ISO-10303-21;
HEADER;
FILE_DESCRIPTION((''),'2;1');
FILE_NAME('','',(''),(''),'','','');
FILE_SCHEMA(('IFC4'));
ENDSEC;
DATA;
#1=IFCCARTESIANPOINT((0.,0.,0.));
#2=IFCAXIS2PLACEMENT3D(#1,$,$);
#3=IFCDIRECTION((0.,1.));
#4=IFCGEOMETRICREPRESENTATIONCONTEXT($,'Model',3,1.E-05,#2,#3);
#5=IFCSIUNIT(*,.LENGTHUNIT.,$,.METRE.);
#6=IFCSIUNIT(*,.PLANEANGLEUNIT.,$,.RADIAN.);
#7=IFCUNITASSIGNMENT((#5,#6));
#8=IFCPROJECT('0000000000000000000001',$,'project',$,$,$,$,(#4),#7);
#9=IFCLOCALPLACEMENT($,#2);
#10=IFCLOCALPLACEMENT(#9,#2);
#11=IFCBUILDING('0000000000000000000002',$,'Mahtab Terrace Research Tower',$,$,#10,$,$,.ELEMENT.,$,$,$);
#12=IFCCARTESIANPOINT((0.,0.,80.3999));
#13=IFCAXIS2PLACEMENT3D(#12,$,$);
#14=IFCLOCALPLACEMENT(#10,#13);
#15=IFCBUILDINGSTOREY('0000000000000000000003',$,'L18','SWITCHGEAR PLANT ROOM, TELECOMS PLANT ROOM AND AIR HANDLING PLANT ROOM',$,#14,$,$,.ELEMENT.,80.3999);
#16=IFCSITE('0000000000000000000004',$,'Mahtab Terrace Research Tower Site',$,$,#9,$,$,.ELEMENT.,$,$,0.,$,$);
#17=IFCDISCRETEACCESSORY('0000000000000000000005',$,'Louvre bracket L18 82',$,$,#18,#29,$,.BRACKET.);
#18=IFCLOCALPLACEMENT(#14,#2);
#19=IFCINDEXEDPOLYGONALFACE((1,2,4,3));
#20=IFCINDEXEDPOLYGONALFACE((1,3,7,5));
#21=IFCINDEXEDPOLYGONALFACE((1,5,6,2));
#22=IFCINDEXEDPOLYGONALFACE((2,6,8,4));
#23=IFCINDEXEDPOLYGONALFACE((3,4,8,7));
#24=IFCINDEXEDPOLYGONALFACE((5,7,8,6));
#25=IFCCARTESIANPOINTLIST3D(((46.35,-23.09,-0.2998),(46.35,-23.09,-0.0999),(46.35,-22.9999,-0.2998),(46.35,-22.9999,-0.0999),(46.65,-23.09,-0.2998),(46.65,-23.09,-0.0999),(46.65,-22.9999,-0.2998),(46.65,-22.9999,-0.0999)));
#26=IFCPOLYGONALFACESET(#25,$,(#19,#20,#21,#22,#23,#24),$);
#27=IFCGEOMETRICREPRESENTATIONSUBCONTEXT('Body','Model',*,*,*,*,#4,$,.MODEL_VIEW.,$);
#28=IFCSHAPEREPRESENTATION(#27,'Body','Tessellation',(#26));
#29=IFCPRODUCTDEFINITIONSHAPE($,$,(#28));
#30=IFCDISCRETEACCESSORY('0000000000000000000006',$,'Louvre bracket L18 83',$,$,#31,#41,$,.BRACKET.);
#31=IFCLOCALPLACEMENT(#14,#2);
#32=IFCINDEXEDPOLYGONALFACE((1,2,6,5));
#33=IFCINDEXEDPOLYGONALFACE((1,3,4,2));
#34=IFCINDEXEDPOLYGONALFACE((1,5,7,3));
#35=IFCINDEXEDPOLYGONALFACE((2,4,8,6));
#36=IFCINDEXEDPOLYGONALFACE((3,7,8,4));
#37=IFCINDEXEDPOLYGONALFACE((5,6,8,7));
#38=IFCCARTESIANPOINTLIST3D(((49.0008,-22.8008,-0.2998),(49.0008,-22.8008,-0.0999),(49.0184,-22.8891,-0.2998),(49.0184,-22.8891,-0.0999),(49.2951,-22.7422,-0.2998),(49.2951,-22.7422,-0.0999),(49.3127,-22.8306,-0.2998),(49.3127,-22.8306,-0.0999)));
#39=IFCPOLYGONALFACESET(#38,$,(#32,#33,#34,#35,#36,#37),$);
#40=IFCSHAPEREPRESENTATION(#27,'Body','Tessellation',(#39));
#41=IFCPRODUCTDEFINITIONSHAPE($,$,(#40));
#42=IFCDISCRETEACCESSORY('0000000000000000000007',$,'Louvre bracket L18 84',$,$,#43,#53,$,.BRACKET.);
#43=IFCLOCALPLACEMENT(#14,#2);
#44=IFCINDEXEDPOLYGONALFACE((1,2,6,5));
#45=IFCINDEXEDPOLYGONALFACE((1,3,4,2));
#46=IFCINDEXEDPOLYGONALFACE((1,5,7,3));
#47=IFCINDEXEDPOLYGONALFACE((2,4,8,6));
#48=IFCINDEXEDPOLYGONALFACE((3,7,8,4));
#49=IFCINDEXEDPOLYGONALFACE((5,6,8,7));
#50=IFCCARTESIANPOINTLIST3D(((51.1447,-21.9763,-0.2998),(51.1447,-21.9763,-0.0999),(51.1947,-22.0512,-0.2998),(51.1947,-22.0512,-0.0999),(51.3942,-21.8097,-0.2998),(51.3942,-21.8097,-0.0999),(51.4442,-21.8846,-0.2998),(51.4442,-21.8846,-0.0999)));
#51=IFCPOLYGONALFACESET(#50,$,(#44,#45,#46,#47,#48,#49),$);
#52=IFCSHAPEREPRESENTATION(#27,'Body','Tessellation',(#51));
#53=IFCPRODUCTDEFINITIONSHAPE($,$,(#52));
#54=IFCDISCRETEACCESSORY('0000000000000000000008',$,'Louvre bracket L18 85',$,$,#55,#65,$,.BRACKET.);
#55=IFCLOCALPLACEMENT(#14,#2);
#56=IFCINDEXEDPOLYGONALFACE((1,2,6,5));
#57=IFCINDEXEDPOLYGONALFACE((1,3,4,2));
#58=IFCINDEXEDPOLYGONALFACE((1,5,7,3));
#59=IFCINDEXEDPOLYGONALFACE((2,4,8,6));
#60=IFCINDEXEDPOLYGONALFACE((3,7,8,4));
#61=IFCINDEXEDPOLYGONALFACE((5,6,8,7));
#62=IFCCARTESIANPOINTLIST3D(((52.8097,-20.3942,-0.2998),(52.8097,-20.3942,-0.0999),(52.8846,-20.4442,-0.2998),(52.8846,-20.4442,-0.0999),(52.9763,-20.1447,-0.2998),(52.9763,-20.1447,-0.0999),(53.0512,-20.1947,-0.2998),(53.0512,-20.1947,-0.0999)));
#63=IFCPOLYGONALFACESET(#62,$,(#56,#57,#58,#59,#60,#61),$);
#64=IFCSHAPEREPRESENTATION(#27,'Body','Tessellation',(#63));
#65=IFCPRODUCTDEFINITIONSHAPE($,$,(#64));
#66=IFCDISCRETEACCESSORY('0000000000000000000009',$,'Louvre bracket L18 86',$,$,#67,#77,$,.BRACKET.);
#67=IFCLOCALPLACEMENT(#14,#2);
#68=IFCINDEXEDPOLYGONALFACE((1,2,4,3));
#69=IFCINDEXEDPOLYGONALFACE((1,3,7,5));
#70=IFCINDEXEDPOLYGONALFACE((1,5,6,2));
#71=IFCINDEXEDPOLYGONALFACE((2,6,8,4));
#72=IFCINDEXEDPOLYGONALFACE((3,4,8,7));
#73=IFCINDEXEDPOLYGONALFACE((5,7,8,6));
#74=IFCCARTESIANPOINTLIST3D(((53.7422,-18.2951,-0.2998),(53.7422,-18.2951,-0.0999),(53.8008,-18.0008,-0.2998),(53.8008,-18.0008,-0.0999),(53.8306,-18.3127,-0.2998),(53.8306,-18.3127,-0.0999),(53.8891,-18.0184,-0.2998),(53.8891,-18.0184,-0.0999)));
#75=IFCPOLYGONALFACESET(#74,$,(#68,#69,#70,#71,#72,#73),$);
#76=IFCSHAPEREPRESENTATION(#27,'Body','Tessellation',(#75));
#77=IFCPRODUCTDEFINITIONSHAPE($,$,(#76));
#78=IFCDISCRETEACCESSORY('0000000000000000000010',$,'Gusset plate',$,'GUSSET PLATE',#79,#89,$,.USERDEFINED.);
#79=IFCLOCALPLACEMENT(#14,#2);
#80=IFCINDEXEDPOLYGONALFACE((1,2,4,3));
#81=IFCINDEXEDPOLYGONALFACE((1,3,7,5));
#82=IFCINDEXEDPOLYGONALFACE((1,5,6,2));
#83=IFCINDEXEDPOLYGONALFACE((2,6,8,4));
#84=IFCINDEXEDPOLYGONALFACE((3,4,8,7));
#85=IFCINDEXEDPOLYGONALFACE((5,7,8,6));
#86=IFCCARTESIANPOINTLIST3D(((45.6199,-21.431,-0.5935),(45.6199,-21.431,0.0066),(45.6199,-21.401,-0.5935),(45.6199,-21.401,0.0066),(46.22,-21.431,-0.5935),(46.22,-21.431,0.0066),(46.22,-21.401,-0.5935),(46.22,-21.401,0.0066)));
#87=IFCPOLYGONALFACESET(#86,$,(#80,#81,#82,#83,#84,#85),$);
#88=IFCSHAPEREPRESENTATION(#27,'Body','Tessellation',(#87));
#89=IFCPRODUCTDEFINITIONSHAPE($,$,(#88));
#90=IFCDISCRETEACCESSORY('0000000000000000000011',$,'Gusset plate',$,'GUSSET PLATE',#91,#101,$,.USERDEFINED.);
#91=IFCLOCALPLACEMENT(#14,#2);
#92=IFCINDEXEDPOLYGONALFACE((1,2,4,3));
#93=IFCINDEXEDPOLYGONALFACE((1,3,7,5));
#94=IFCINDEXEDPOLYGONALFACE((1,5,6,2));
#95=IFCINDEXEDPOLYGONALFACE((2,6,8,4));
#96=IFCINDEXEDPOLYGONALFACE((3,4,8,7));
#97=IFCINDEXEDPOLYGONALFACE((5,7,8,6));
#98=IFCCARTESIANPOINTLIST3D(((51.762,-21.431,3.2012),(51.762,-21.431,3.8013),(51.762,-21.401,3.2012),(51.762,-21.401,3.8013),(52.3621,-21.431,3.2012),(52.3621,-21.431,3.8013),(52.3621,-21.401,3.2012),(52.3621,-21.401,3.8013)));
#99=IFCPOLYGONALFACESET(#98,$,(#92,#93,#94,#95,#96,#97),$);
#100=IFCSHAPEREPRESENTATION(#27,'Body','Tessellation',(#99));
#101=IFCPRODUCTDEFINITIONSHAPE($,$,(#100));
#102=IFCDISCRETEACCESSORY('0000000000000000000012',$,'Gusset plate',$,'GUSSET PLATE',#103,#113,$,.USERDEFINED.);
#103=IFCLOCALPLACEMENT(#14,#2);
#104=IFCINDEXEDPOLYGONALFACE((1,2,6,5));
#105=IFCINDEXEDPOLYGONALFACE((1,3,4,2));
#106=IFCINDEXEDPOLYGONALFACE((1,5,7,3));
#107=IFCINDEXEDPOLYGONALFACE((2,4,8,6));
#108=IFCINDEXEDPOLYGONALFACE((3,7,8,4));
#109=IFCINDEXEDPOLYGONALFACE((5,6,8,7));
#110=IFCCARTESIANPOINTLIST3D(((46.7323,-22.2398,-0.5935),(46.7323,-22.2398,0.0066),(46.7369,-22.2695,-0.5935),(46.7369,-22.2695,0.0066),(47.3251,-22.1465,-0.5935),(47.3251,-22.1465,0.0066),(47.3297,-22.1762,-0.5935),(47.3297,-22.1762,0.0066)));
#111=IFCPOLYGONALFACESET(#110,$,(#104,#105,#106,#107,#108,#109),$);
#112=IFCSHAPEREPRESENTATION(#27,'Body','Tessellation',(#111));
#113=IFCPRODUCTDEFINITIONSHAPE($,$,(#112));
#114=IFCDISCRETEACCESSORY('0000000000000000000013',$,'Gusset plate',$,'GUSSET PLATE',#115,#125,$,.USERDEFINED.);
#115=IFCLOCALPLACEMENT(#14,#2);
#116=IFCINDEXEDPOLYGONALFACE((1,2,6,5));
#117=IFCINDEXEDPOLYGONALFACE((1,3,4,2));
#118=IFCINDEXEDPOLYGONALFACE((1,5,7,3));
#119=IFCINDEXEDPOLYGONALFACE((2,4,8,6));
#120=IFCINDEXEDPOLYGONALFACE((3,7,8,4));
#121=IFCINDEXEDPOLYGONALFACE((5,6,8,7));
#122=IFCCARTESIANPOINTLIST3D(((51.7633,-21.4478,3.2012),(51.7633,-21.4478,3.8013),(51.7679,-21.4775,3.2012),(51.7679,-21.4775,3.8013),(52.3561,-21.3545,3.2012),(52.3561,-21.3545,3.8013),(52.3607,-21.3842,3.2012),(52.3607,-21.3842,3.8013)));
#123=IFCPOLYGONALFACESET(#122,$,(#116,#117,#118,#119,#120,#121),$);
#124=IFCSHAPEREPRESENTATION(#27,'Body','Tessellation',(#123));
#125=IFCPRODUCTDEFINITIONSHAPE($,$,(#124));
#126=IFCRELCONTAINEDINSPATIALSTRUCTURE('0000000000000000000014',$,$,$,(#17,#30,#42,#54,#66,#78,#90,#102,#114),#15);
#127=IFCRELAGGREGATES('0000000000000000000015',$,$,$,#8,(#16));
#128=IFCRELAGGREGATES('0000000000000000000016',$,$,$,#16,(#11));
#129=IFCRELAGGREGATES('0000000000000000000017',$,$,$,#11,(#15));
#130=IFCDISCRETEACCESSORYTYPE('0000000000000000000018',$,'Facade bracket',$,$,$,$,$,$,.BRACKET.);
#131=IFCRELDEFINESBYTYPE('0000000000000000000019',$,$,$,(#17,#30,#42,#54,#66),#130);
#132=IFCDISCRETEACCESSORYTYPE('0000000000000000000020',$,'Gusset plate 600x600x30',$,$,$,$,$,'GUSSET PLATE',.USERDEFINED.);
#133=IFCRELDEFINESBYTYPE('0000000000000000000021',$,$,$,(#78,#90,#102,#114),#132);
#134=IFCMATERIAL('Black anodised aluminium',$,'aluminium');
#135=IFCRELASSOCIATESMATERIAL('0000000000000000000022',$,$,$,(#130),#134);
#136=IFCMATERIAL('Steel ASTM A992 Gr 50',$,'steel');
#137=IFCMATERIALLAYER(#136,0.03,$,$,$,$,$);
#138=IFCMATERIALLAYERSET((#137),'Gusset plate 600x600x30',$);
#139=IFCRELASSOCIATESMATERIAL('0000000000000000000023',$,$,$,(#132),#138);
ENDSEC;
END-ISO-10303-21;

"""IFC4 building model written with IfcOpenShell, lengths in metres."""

from ifc_helpers import new_model, si_unit, direction, frame, origin, origin_2d, place, context, subcontext, project, spatial, rectangle, extrude, material, layer, layer_set, type_object, element, save


model = new_model("IFC4")

# Units and contexts
model_context = context("Model", 3, precision=1e-05, world=origin(), true_north=direction((0.0, 1.0)))
body_context = subcontext(model_context, "Body", "Model", "MODEL_VIEW")
ifc_project = project(units=[si_unit("LENGTHUNIT", "METRE"), si_unit("PLANEANGLEUNIT", "RADIAN")], contexts=[model_context])

# Site, building, storey
site_placement = place(None, origin())
site = spatial("IfcSite", under=ifc_project, at=site_placement, Name="Mahtab Terrace Research Tower Site", CompositionType="ELEMENT", RefElevation=0.0)
building_placement = place(site_placement, origin())
building = spatial("IfcBuilding", under=site, at=building_placement, Name="Mahtab Terrace Research Tower", CompositionType="ELEMENT")
storey_placement = place(building_placement, frame((0.0, 0.0, 80.3999)))
storey = spatial("IfcBuildingStorey", under=building, at=storey_placement, Name="L18", Description="SWITCHGEAR PLANT ROOM, TELECOMS PLANT ROOM AND AIR HANDLING PLANT ROOM", CompositionType="ELEMENT", Elevation=80.3999)

# Shared definitions
ifc_material_1 = material(Name="Steel ASTM A992 Gr 50", Category="steel")

# Discrete accessories
ifc_material_2 = material(Name="Black anodised aluminium", Category="aluminium")
discrete_accessory_type_1 = type_object("IfcDiscreteAccessoryType", Name="Facade bracket", PredefinedType="BRACKET", material=ifc_material_2)
for number, where, z_axis, x_axis, name in (
    (1, (46.5, -23.0449, -0.2998), (0.0, 0.0, 1.0), (1.0, 0.0, 0.0), "Louvre bracket L18 82"),
    (2, (49.1567, -22.8157, -0.2998), (0.0, 0.0, 1.0), (0.980761, 0.195212, 0.0), "Louvre bracket L18 83"),
    (3, (51.2944, -21.9304, -0.2998), (0.0, 0.0, 1.0), (0.831656, 0.555291, 0.0), "Louvre bracket L18 84"),
    (4, (52.9304, -20.2944, -0.2998), (0.0, 0.0, 1.0), (0.555291, 0.831656, 0.0), "Louvre bracket L18 85"),
    (5, (53.8157, -18.1567, -0.2998), (0.0, 0.0, 1.0), (0.195212, 0.980761, 0.0), "Louvre bracket L18 86"),
):
    element("IfcDiscreteAccessory", number, at=place(storey_placement, frame(where, z_axis=z_axis, x_axis=x_axis)), inside=storey, type_object=discrete_accessory_type_1, Name=name, PredefinedType="BRACKET", context=body_context, shape_type="SweptSolid", body=[
        extrude(rectangle(XDim=0.3, YDim=0.0901, at=origin_2d()), origin(), (0.0, 0.0, 1.0), 0.2),
    ])
ifc_layer = layer(ifc_material_1, 0.03)
ifc_layer_set = layer_set([ifc_layer], Name="Gusset plate 600x600x30")
discrete_accessory_type_2 = type_object("IfcDiscreteAccessoryType", Name="Gusset plate 600x600x30", ElementType="GUSSET PLATE", PredefinedType="USERDEFINED", material=ifc_layer_set)
for number, where, z_axis, x_axis, name in (
    (6, (45.9199, -21.416, -0.5935), (0.0, 0.0, 1.0), (1.0, 0.0, 0.0), "Gusset plate"),
    (7, (52.062, -21.416, 3.2012), (0.0, 0.0, 1.0), (1.0, 0.0, 0.0), "Gusset plate"),
    (8, (47.031, -22.208, -0.5935), (0.0, 0.0, 1.0), (0.987835, 0.155504, 0.0), "Gusset plate"),
    (9, (52.062, -21.416, 3.2012), (0.0, 0.0, 1.0), (0.987835, 0.155504, 0.0), "Gusset plate"),
):
    element("IfcDiscreteAccessory", number, at=place(storey_placement, frame(where, z_axis=z_axis, x_axis=x_axis)), inside=storey, type_object=discrete_accessory_type_2, Name=name, ObjectType="GUSSET PLATE", PredefinedType="USERDEFINED", context=body_context, shape_type="SweptSolid", body=[
        extrude(rectangle(XDim=0.6001, YDim=0.03, at=origin_2d()), origin(), (0.0, 0.0, 1.0), 0.6001),
    ])

save(model, "model.ifc")
